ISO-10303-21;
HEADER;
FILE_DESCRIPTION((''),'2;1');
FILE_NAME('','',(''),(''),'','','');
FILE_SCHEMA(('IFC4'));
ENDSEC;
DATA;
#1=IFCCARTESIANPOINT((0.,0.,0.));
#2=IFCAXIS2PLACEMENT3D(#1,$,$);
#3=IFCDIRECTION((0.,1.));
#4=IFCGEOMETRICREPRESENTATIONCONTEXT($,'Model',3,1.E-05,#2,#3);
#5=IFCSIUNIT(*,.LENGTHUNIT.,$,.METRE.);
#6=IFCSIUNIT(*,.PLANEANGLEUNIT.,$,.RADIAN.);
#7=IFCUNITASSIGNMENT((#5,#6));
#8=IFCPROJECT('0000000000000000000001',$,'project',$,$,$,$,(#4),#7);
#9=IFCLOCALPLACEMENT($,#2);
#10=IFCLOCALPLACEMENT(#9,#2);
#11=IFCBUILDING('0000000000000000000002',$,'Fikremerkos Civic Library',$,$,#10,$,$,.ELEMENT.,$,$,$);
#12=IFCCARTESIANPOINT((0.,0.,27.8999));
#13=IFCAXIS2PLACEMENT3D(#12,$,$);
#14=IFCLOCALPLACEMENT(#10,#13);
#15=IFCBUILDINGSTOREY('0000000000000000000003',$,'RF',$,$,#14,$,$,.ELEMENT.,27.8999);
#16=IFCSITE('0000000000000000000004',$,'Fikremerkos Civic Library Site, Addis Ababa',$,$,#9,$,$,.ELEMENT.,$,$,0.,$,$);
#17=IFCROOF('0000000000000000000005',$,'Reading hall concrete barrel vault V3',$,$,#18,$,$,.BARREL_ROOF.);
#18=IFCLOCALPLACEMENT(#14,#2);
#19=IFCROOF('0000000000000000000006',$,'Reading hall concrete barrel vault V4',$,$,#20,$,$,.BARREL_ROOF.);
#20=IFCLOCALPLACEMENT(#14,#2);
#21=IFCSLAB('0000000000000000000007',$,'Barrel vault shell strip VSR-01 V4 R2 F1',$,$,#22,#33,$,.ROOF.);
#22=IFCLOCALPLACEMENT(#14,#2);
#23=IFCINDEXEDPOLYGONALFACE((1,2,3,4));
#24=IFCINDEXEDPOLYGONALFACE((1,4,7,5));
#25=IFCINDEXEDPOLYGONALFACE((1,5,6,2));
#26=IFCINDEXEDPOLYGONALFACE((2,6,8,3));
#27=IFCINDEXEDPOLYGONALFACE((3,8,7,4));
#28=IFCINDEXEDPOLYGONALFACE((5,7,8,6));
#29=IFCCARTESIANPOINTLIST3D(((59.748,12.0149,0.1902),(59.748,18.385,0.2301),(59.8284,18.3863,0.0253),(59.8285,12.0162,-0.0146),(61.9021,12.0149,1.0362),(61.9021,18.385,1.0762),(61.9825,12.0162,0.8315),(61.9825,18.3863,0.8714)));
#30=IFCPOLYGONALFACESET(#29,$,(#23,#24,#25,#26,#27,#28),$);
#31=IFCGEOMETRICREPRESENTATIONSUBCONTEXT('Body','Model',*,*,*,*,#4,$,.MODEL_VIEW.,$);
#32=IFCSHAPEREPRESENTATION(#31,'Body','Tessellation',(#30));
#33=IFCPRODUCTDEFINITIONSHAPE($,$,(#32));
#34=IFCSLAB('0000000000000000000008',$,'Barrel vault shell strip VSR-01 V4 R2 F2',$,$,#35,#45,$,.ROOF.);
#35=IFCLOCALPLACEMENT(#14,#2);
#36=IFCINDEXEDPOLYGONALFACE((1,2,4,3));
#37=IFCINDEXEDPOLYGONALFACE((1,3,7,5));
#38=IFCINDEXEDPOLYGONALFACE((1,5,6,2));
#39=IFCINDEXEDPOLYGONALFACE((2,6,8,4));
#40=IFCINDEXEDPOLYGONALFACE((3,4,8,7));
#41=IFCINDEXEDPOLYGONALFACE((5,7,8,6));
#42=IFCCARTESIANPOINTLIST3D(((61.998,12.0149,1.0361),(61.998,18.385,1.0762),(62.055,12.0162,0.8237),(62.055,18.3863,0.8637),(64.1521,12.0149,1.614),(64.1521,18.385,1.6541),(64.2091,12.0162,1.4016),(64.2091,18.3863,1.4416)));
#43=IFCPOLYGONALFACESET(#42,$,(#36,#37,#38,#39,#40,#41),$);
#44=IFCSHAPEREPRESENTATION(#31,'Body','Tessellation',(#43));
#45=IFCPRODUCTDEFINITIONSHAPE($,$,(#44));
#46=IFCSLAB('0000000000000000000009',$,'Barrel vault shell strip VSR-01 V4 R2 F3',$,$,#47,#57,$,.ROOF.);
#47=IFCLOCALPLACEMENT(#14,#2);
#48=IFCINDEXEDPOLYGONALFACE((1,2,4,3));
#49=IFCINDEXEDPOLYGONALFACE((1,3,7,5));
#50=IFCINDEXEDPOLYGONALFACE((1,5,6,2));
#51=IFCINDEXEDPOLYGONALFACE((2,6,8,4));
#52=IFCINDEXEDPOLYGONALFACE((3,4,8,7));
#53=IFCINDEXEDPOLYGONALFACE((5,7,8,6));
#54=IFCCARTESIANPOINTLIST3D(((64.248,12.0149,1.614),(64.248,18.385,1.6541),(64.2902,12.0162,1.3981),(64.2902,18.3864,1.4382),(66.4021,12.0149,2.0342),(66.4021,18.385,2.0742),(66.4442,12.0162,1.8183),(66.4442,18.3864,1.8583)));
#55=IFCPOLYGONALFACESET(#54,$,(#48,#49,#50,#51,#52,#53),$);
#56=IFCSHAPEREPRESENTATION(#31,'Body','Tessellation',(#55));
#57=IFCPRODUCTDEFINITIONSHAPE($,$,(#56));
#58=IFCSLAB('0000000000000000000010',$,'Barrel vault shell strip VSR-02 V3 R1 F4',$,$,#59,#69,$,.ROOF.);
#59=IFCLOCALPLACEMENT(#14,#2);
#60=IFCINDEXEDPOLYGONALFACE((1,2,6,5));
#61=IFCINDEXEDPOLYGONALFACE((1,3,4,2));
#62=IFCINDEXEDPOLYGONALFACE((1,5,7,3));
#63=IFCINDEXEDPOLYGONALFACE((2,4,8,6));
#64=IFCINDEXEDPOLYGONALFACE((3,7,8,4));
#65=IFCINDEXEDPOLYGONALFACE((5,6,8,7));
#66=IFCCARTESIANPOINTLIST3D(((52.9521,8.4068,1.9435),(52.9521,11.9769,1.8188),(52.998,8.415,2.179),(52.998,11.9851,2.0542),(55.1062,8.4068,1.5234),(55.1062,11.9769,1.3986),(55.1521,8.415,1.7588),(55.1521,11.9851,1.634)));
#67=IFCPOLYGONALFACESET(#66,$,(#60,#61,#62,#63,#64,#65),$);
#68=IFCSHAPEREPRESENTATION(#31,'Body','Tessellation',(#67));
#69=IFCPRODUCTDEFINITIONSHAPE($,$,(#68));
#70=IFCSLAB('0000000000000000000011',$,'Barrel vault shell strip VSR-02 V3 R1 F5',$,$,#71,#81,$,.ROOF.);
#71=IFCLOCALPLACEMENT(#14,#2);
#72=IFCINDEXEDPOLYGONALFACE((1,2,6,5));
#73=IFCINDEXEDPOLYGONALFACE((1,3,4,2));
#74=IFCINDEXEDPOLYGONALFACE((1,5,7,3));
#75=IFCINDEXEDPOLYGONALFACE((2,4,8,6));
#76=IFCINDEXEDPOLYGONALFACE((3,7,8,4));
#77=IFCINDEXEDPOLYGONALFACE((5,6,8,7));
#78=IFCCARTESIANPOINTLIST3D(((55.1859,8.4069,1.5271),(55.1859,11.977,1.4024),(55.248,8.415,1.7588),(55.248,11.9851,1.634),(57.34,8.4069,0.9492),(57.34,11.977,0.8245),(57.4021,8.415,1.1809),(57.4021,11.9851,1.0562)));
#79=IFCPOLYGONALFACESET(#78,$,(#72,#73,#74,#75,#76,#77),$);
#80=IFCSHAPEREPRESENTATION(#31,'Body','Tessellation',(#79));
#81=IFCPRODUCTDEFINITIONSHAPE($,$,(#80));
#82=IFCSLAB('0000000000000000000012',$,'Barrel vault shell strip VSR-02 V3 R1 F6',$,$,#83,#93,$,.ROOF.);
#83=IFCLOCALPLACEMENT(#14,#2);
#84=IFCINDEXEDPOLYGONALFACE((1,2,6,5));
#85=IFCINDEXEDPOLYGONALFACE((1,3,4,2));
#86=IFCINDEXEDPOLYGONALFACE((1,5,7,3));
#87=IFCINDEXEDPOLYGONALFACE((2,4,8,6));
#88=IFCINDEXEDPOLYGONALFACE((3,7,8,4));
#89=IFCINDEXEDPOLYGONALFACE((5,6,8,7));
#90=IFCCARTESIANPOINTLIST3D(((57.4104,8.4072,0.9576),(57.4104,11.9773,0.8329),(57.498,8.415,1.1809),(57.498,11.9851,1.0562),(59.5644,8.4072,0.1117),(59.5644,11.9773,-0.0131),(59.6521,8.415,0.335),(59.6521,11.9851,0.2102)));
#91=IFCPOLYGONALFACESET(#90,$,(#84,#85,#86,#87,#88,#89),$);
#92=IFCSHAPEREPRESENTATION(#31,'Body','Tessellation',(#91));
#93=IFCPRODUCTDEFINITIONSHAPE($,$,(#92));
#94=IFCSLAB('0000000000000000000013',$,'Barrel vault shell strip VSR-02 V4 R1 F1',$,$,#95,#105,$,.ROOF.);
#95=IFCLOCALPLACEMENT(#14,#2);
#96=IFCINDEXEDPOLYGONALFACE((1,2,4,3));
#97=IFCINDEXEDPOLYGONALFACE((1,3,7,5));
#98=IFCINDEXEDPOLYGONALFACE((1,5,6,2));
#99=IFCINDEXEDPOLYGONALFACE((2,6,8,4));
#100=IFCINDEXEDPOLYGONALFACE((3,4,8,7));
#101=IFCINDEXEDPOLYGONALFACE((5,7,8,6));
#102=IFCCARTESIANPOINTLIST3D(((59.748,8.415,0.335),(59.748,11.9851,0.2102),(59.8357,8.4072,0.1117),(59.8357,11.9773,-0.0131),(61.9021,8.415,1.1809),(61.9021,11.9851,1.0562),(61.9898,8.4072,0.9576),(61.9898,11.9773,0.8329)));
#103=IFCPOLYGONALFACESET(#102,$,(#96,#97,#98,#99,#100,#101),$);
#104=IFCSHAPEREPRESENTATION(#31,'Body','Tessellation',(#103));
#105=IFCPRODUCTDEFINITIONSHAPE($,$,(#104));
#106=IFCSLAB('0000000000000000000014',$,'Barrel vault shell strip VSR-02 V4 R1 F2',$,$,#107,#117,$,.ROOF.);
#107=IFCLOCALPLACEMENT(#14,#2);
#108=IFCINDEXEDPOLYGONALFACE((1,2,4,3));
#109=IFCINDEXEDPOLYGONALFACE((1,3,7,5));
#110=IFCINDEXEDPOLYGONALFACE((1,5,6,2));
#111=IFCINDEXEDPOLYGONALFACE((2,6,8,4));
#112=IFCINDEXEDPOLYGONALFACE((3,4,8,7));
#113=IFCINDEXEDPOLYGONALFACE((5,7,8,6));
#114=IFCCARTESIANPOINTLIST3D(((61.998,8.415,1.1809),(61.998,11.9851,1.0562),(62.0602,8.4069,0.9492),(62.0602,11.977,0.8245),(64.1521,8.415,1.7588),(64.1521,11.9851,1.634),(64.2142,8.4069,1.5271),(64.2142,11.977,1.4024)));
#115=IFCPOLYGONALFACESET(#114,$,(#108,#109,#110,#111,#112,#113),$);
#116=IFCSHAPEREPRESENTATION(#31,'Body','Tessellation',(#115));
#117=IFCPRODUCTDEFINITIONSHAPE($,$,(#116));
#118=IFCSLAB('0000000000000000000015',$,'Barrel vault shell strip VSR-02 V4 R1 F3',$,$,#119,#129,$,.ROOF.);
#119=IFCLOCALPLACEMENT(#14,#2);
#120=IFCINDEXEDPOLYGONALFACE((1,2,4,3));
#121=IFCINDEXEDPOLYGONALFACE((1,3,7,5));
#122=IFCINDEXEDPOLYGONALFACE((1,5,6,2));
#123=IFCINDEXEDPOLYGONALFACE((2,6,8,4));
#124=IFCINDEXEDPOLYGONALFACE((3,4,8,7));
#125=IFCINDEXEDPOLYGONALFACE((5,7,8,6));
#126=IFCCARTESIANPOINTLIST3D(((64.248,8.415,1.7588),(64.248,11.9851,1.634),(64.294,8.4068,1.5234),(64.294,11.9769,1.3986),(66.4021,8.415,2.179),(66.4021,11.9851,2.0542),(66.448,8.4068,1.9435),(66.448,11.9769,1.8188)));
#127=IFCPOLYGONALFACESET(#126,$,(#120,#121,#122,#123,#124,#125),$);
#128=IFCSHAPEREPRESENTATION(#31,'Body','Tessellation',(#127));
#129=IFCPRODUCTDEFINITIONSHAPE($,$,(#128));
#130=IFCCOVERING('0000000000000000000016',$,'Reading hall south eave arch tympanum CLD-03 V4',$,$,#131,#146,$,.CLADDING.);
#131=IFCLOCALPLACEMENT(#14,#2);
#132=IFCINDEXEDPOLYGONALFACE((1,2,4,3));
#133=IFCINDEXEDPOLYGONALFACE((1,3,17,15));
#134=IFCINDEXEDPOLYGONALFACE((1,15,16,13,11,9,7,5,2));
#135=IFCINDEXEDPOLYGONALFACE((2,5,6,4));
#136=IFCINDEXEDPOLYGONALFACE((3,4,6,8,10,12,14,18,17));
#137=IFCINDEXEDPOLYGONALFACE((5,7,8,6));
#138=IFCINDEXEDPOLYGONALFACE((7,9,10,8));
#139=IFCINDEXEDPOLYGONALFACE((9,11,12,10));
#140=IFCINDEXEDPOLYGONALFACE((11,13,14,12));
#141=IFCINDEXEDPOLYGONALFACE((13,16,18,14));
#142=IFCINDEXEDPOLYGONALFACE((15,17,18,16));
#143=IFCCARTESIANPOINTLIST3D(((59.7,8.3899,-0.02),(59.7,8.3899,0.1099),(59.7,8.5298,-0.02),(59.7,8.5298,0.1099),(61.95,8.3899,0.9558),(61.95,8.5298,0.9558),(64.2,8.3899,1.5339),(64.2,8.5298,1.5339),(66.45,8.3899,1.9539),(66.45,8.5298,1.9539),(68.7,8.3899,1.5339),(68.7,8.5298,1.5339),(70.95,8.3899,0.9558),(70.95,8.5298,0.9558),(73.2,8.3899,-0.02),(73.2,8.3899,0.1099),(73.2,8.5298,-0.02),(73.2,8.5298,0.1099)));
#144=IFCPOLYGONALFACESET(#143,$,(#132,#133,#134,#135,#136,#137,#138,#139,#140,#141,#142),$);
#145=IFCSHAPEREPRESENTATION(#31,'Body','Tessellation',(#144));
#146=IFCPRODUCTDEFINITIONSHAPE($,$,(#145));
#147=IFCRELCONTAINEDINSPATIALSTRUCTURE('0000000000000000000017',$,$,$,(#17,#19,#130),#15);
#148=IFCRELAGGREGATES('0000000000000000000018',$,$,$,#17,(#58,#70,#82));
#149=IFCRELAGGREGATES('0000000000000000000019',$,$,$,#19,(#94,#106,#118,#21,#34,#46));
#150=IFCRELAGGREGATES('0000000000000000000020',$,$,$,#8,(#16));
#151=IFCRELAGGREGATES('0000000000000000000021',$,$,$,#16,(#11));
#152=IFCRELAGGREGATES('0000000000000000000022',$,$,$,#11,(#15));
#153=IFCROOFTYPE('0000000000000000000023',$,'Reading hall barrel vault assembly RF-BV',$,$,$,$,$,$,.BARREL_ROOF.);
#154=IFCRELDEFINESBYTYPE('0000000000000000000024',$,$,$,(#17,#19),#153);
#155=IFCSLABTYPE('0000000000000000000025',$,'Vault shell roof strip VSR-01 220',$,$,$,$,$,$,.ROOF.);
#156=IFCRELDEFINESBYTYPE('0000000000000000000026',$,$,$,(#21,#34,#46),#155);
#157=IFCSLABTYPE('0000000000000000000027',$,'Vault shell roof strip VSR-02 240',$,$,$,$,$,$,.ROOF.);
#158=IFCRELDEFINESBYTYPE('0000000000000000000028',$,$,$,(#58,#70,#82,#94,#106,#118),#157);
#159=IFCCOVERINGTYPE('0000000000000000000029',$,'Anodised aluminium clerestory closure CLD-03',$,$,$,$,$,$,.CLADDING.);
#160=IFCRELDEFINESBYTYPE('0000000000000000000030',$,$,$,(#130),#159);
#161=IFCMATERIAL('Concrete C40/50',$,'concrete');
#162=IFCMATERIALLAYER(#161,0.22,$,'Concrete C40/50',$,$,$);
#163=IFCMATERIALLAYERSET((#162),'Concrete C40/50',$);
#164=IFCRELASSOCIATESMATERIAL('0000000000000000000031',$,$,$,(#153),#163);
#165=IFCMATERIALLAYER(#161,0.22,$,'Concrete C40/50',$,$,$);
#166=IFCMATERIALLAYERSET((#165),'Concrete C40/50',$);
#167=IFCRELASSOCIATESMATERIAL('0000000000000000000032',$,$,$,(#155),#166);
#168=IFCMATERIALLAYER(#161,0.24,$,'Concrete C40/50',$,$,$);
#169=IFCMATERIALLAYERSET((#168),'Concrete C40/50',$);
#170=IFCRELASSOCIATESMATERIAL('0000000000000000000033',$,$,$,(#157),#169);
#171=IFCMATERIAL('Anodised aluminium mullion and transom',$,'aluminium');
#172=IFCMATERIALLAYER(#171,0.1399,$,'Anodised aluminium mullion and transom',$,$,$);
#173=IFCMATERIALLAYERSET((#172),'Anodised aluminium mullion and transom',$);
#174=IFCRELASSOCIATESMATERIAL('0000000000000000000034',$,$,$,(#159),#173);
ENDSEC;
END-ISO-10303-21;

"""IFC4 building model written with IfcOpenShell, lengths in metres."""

from ifc_helpers import new_model, si_unit, direction, frame, origin, place, context, subcontext, project, spatial, polyline, outline, extrude, material, layer, layer_set, type_object, element, aggregate, save


model = new_model("IFC4")

# Units and contexts
model_context = context("Model", 3, precision=1e-05, world=origin(), true_north=direction((0.0, 1.0)))
body_context = subcontext(model_context, "Body", "Model", "MODEL_VIEW")
ifc_project = project(units=[si_unit("LENGTHUNIT", "METRE"), si_unit("PLANEANGLEUNIT", "RADIAN")], contexts=[model_context])

# Site, building, storey
site_placement = place(None, origin())
site = spatial("IfcSite", under=ifc_project, at=site_placement, Name="Fikremerkos Civic Library Site, Addis Ababa", CompositionType="ELEMENT", RefElevation=0.0)
building_placement = place(site_placement, origin())
building = spatial("IfcBuilding", under=site, at=building_placement, Name="Fikremerkos Civic Library", CompositionType="ELEMENT")
storey_placement = place(building_placement, frame((0.0, 0.0, 27.8999)))
storey = spatial("IfcBuildingStorey", under=building, at=storey_placement, Name="RF", CompositionType="ELEMENT", Elevation=27.8999)

# Roofs, slabs
ifc_material_1 = material(Name="Concrete C40/50", Category="concrete")
ifc_layer_1 = layer(ifc_material_1, 0.22, Name="Concrete C40/50")
ifc_layer_set_1 = layer_set([ifc_layer_1], Name="Concrete C40/50")
roof_type = type_object("IfcRoofType", Name="Reading hall barrel vault assembly RF-BV", PredefinedType="BARREL_ROOF", material=ifc_layer_set_1)
roof_1_placement = place(storey_placement, origin())
roof_1 = element("IfcRoof", 1, at=roof_1_placement, inside=storey, type_object=roof_type, Name="Reading hall concrete barrel vault V3", PredefinedType="BARREL_ROOF")
ifc_layer_2 = layer(ifc_material_1, 0.22, Name="Concrete C40/50")
ifc_layer_set_2 = layer_set([ifc_layer_2], Name="Concrete C40/50")
slab_type_1 = type_object("IfcSlabType", Name="Vault shell roof strip VSR-01 220", PredefinedType="ROOF", material=ifc_layer_set_2)
roof_2_placement = place(storey_placement, origin())
roof_2 = element("IfcRoof", 2, at=roof_2_placement, inside=storey, type_object=roof_type, Name="Reading hall concrete barrel vault V4", PredefinedType="BARREL_ROOF")
slab_1_placement = place(storey_placement, frame((59.748, 12.0149, 0.1902), z_axis=(-0.365584, -0.005832, 0.93076), x_axis=(0.930776, 0.0, 0.36559)))
slab_1 = element("IfcSlab", 3, at=slab_1_placement, type_object=slab_type_1, Name="Barrel vault shell strip VSR-01 V4 R2 F1", PredefinedType="ROOF", context=body_context, shape_type="SweptSolid", body=[
    extrude(outline(polyline([(0.0, 0.0), (2.3142, 0.0), (2.3288, 6.3702), (0.0145, 6.3702), (0.0, 0.0)])), origin(), (0.0, 0.0, -1.0), 0.22),
])
slab_2_placement = place(storey_placement, frame((61.998, 12.0149, 1.0361), z_axis=(-0.259109, -0.006071, 0.965829), x_axis=(0.965847, 0.0, 0.259114)))
slab_2 = element("IfcSlab", 4, at=slab_2_placement, type_object=slab_type_1, Name="Barrel vault shell strip VSR-01 V4 R2 F2", PredefinedType="ROOF", context=body_context, shape_type="SweptSolid", body=[
    extrude(outline(polyline([(0.0, 0.0), (2.2302, 0.0), (2.2406, 6.3702), (0.0104, 6.3702), (0.0, 0.0)])), origin(), (0.0, 0.0, -1.0), 0.22),
])
slab_3_placement = place(storey_placement, frame((64.248, 12.0149, 1.614), z_axis=(-0.191447, -0.006169, 0.981484), x_axis=(0.981502, 0.0, 0.19145)))
slab_3 = element("IfcSlab", 5, at=slab_3_placement, type_object=slab_type_1, Name="Barrel vault shell strip VSR-01 V4 R2 F3", PredefinedType="ROOF", context=body_context, shape_type="SweptSolid", body=[
    extrude(outline(polyline([(0.0, 0.0), (2.1946, 0.0), (2.2023, 6.3702), (0.0077, 6.3702), (0.0, 0.0)])), origin(), (0.0, 0.0, -1.0), 0.22),
])

# Slabs
ifc_layer_3 = layer(ifc_material_1, 0.24, Name="Concrete C40/50")
ifc_layer_set_3 = layer_set([ifc_layer_3], Name="Concrete C40/50")
slab_type_2 = type_object("IfcSlabType", Name="Vault shell roof strip VSR-02 240", PredefinedType="ROOF", material=ifc_layer_set_3)
slab_4_placement = place(storey_placement, frame((52.998, 8.415, 2.179), z_axis=(0.191338, 0.034278, 0.980926), x_axis=(0.981502, 0.0, -0.19145)))
slab_4 = element("IfcSlab", 6, at=slab_4_placement, type_object=slab_type_2, Name="Barrel vault shell strip VSR-02 V3 R1 F4", PredefinedType="ROOF", context=body_context, shape_type="SweptSolid", body=[
    extrude(outline(polyline([(0.0, 0.0), (2.1946, 0.0), (2.2185, 3.5722), (0.0239, 3.5722), (0.0, 0.0)])), origin(), (0.0, 0.0, -1.0), 0.24),
])
slab_5_placement = place(storey_placement, frame((55.248, 8.415, 1.7588), z_axis=(0.258966, 0.033732, 0.965297), x_axis=(0.965847, 0.0, -0.259114)))
slab_5 = element("IfcSlab", 7, at=slab_5_placement, type_object=slab_type_2, Name="Barrel vault shell strip VSR-02 V3 R1 F5", PredefinedType="ROOF", context=body_context, shape_type="SweptSolid", body=[
    extrude(outline(polyline([(0.0, 0.0), (2.2302, 0.0), (2.2625, 3.5721), (0.0323, 3.5721), (0.0, 0.0)])), origin(), (0.0, 0.0, -1.0), 0.24),
])
slab_6_placement = place(storey_placement, frame((57.498, 8.415, 1.1809), z_axis=(0.365351, 0.032509, 0.930302), x_axis=(0.930794, 0.0, -0.365545)))
slab_6 = element("IfcSlab", 8, at=slab_6_placement, type_object=slab_type_2, Name="Barrel vault shell strip VSR-02 V3 R1 F6", PredefinedType="ROOF", context=body_context, shape_type="SweptSolid", body=[
    extrude(outline(polyline([(0.0, 0.0), (2.3142, 0.0), (2.3598, 3.572), (0.0456, 3.572), (0.0, 0.0)])), origin(), (0.0, 0.0, -1.0), 0.24),
])
aggregate(roof_1, [slab_4, slab_5, slab_6])
slab_7_placement = place(storey_placement, frame((59.748, 8.415, 0.335), z_axis=(-0.365351, 0.032509, 0.930302), x_axis=(0.930794, 0.0, 0.365545)))
slab_7 = element("IfcSlab", 9, at=slab_7_placement, type_object=slab_type_2, Name="Barrel vault shell strip VSR-02 V4 R1 F1", PredefinedType="ROOF", context=body_context, shape_type="SweptSolid", body=[
    extrude(outline(polyline([(0.0, 0.0), (2.3142, 0.0), (2.2686, 3.572), (-0.0456, 3.572), (0.0, 0.0)])), origin(), (0.0, 0.0, -1.0), 0.24),
])
slab_8_placement = place(storey_placement, frame((61.998, 8.415, 1.1809), z_axis=(-0.258966, 0.033732, 0.965297), x_axis=(0.965847, 0.0, 0.259114)))
slab_8 = element("IfcSlab", 10, at=slab_8_placement, type_object=slab_type_2, Name="Barrel vault shell strip VSR-02 V4 R1 F2", PredefinedType="ROOF", context=body_context, shape_type="SweptSolid", body=[
    extrude(outline(polyline([(0.0, 0.0), (2.2302, 0.0), (2.1979, 3.5721), (-0.0323, 3.5721), (0.0, 0.0)])), origin(), (0.0, 0.0, -1.0), 0.24),
])
slab_9_placement = place(storey_placement, frame((64.248, 8.415, 1.7588), z_axis=(-0.191338, 0.034278, 0.980926), x_axis=(0.981502, 0.0, 0.19145)))
slab_9 = element("IfcSlab", 11, at=slab_9_placement, type_object=slab_type_2, Name="Barrel vault shell strip VSR-02 V4 R1 F3", PredefinedType="ROOF", context=body_context, shape_type="SweptSolid", body=[
    extrude(outline(polyline([(0.0, 0.0), (2.1946, 0.0), (2.1708, 3.5722), (-0.0239, 3.5722), (0.0, 0.0)])), origin(), (0.0, 0.0, -1.0), 0.24),
])
aggregate(roof_2, [slab_7, slab_8, slab_9, slab_1, slab_2, slab_3])

# Covering
ifc_material_2 = material(Name="Anodised aluminium mullion and transom", Category="aluminium")
ifc_layer_4 = layer(ifc_material_2, 0.1399, Name="Anodised aluminium mullion and transom")
ifc_layer_set_4 = layer_set([ifc_layer_4], Name="Anodised aluminium mullion and transom")
covering_type = type_object("IfcCoveringType", Name="Anodised aluminium clerestory closure CLD-03", PredefinedType="CLADDING", material=ifc_layer_set_4)
covering_placement = place(storey_placement, frame((59.7, 8.46, -0.02), z_axis=(0.0, 0.0, 1.0), x_axis=(1.0, 0.0, 0.0)))
element("IfcCovering", 12, at=covering_placement, inside=storey, type_object=covering_type, Name="Reading hall south eave arch tympanum CLD-03 V4", PredefinedType="CLADDING", context=body_context, shape_type="SweptSolid", body=[
    extrude(outline(polyline([(0.0, 0.0), (13.5, 0.0), (13.5, 0.1299), (11.25, 0.9758), (9.0, 1.554), (6.75, 1.9739), (4.5, 1.554), (2.25, 0.9758), (0.0, 0.1299), (0.0, 0.0)])), frame((0.0, 0.0698, 0.0), z_axis=(0.0, -1.0, 0.0), x_axis=(1.0, 0.0, 0.0)), (0.0, 0.0, 1.0), 0.1399),
])

save(model, "model.ifc")
